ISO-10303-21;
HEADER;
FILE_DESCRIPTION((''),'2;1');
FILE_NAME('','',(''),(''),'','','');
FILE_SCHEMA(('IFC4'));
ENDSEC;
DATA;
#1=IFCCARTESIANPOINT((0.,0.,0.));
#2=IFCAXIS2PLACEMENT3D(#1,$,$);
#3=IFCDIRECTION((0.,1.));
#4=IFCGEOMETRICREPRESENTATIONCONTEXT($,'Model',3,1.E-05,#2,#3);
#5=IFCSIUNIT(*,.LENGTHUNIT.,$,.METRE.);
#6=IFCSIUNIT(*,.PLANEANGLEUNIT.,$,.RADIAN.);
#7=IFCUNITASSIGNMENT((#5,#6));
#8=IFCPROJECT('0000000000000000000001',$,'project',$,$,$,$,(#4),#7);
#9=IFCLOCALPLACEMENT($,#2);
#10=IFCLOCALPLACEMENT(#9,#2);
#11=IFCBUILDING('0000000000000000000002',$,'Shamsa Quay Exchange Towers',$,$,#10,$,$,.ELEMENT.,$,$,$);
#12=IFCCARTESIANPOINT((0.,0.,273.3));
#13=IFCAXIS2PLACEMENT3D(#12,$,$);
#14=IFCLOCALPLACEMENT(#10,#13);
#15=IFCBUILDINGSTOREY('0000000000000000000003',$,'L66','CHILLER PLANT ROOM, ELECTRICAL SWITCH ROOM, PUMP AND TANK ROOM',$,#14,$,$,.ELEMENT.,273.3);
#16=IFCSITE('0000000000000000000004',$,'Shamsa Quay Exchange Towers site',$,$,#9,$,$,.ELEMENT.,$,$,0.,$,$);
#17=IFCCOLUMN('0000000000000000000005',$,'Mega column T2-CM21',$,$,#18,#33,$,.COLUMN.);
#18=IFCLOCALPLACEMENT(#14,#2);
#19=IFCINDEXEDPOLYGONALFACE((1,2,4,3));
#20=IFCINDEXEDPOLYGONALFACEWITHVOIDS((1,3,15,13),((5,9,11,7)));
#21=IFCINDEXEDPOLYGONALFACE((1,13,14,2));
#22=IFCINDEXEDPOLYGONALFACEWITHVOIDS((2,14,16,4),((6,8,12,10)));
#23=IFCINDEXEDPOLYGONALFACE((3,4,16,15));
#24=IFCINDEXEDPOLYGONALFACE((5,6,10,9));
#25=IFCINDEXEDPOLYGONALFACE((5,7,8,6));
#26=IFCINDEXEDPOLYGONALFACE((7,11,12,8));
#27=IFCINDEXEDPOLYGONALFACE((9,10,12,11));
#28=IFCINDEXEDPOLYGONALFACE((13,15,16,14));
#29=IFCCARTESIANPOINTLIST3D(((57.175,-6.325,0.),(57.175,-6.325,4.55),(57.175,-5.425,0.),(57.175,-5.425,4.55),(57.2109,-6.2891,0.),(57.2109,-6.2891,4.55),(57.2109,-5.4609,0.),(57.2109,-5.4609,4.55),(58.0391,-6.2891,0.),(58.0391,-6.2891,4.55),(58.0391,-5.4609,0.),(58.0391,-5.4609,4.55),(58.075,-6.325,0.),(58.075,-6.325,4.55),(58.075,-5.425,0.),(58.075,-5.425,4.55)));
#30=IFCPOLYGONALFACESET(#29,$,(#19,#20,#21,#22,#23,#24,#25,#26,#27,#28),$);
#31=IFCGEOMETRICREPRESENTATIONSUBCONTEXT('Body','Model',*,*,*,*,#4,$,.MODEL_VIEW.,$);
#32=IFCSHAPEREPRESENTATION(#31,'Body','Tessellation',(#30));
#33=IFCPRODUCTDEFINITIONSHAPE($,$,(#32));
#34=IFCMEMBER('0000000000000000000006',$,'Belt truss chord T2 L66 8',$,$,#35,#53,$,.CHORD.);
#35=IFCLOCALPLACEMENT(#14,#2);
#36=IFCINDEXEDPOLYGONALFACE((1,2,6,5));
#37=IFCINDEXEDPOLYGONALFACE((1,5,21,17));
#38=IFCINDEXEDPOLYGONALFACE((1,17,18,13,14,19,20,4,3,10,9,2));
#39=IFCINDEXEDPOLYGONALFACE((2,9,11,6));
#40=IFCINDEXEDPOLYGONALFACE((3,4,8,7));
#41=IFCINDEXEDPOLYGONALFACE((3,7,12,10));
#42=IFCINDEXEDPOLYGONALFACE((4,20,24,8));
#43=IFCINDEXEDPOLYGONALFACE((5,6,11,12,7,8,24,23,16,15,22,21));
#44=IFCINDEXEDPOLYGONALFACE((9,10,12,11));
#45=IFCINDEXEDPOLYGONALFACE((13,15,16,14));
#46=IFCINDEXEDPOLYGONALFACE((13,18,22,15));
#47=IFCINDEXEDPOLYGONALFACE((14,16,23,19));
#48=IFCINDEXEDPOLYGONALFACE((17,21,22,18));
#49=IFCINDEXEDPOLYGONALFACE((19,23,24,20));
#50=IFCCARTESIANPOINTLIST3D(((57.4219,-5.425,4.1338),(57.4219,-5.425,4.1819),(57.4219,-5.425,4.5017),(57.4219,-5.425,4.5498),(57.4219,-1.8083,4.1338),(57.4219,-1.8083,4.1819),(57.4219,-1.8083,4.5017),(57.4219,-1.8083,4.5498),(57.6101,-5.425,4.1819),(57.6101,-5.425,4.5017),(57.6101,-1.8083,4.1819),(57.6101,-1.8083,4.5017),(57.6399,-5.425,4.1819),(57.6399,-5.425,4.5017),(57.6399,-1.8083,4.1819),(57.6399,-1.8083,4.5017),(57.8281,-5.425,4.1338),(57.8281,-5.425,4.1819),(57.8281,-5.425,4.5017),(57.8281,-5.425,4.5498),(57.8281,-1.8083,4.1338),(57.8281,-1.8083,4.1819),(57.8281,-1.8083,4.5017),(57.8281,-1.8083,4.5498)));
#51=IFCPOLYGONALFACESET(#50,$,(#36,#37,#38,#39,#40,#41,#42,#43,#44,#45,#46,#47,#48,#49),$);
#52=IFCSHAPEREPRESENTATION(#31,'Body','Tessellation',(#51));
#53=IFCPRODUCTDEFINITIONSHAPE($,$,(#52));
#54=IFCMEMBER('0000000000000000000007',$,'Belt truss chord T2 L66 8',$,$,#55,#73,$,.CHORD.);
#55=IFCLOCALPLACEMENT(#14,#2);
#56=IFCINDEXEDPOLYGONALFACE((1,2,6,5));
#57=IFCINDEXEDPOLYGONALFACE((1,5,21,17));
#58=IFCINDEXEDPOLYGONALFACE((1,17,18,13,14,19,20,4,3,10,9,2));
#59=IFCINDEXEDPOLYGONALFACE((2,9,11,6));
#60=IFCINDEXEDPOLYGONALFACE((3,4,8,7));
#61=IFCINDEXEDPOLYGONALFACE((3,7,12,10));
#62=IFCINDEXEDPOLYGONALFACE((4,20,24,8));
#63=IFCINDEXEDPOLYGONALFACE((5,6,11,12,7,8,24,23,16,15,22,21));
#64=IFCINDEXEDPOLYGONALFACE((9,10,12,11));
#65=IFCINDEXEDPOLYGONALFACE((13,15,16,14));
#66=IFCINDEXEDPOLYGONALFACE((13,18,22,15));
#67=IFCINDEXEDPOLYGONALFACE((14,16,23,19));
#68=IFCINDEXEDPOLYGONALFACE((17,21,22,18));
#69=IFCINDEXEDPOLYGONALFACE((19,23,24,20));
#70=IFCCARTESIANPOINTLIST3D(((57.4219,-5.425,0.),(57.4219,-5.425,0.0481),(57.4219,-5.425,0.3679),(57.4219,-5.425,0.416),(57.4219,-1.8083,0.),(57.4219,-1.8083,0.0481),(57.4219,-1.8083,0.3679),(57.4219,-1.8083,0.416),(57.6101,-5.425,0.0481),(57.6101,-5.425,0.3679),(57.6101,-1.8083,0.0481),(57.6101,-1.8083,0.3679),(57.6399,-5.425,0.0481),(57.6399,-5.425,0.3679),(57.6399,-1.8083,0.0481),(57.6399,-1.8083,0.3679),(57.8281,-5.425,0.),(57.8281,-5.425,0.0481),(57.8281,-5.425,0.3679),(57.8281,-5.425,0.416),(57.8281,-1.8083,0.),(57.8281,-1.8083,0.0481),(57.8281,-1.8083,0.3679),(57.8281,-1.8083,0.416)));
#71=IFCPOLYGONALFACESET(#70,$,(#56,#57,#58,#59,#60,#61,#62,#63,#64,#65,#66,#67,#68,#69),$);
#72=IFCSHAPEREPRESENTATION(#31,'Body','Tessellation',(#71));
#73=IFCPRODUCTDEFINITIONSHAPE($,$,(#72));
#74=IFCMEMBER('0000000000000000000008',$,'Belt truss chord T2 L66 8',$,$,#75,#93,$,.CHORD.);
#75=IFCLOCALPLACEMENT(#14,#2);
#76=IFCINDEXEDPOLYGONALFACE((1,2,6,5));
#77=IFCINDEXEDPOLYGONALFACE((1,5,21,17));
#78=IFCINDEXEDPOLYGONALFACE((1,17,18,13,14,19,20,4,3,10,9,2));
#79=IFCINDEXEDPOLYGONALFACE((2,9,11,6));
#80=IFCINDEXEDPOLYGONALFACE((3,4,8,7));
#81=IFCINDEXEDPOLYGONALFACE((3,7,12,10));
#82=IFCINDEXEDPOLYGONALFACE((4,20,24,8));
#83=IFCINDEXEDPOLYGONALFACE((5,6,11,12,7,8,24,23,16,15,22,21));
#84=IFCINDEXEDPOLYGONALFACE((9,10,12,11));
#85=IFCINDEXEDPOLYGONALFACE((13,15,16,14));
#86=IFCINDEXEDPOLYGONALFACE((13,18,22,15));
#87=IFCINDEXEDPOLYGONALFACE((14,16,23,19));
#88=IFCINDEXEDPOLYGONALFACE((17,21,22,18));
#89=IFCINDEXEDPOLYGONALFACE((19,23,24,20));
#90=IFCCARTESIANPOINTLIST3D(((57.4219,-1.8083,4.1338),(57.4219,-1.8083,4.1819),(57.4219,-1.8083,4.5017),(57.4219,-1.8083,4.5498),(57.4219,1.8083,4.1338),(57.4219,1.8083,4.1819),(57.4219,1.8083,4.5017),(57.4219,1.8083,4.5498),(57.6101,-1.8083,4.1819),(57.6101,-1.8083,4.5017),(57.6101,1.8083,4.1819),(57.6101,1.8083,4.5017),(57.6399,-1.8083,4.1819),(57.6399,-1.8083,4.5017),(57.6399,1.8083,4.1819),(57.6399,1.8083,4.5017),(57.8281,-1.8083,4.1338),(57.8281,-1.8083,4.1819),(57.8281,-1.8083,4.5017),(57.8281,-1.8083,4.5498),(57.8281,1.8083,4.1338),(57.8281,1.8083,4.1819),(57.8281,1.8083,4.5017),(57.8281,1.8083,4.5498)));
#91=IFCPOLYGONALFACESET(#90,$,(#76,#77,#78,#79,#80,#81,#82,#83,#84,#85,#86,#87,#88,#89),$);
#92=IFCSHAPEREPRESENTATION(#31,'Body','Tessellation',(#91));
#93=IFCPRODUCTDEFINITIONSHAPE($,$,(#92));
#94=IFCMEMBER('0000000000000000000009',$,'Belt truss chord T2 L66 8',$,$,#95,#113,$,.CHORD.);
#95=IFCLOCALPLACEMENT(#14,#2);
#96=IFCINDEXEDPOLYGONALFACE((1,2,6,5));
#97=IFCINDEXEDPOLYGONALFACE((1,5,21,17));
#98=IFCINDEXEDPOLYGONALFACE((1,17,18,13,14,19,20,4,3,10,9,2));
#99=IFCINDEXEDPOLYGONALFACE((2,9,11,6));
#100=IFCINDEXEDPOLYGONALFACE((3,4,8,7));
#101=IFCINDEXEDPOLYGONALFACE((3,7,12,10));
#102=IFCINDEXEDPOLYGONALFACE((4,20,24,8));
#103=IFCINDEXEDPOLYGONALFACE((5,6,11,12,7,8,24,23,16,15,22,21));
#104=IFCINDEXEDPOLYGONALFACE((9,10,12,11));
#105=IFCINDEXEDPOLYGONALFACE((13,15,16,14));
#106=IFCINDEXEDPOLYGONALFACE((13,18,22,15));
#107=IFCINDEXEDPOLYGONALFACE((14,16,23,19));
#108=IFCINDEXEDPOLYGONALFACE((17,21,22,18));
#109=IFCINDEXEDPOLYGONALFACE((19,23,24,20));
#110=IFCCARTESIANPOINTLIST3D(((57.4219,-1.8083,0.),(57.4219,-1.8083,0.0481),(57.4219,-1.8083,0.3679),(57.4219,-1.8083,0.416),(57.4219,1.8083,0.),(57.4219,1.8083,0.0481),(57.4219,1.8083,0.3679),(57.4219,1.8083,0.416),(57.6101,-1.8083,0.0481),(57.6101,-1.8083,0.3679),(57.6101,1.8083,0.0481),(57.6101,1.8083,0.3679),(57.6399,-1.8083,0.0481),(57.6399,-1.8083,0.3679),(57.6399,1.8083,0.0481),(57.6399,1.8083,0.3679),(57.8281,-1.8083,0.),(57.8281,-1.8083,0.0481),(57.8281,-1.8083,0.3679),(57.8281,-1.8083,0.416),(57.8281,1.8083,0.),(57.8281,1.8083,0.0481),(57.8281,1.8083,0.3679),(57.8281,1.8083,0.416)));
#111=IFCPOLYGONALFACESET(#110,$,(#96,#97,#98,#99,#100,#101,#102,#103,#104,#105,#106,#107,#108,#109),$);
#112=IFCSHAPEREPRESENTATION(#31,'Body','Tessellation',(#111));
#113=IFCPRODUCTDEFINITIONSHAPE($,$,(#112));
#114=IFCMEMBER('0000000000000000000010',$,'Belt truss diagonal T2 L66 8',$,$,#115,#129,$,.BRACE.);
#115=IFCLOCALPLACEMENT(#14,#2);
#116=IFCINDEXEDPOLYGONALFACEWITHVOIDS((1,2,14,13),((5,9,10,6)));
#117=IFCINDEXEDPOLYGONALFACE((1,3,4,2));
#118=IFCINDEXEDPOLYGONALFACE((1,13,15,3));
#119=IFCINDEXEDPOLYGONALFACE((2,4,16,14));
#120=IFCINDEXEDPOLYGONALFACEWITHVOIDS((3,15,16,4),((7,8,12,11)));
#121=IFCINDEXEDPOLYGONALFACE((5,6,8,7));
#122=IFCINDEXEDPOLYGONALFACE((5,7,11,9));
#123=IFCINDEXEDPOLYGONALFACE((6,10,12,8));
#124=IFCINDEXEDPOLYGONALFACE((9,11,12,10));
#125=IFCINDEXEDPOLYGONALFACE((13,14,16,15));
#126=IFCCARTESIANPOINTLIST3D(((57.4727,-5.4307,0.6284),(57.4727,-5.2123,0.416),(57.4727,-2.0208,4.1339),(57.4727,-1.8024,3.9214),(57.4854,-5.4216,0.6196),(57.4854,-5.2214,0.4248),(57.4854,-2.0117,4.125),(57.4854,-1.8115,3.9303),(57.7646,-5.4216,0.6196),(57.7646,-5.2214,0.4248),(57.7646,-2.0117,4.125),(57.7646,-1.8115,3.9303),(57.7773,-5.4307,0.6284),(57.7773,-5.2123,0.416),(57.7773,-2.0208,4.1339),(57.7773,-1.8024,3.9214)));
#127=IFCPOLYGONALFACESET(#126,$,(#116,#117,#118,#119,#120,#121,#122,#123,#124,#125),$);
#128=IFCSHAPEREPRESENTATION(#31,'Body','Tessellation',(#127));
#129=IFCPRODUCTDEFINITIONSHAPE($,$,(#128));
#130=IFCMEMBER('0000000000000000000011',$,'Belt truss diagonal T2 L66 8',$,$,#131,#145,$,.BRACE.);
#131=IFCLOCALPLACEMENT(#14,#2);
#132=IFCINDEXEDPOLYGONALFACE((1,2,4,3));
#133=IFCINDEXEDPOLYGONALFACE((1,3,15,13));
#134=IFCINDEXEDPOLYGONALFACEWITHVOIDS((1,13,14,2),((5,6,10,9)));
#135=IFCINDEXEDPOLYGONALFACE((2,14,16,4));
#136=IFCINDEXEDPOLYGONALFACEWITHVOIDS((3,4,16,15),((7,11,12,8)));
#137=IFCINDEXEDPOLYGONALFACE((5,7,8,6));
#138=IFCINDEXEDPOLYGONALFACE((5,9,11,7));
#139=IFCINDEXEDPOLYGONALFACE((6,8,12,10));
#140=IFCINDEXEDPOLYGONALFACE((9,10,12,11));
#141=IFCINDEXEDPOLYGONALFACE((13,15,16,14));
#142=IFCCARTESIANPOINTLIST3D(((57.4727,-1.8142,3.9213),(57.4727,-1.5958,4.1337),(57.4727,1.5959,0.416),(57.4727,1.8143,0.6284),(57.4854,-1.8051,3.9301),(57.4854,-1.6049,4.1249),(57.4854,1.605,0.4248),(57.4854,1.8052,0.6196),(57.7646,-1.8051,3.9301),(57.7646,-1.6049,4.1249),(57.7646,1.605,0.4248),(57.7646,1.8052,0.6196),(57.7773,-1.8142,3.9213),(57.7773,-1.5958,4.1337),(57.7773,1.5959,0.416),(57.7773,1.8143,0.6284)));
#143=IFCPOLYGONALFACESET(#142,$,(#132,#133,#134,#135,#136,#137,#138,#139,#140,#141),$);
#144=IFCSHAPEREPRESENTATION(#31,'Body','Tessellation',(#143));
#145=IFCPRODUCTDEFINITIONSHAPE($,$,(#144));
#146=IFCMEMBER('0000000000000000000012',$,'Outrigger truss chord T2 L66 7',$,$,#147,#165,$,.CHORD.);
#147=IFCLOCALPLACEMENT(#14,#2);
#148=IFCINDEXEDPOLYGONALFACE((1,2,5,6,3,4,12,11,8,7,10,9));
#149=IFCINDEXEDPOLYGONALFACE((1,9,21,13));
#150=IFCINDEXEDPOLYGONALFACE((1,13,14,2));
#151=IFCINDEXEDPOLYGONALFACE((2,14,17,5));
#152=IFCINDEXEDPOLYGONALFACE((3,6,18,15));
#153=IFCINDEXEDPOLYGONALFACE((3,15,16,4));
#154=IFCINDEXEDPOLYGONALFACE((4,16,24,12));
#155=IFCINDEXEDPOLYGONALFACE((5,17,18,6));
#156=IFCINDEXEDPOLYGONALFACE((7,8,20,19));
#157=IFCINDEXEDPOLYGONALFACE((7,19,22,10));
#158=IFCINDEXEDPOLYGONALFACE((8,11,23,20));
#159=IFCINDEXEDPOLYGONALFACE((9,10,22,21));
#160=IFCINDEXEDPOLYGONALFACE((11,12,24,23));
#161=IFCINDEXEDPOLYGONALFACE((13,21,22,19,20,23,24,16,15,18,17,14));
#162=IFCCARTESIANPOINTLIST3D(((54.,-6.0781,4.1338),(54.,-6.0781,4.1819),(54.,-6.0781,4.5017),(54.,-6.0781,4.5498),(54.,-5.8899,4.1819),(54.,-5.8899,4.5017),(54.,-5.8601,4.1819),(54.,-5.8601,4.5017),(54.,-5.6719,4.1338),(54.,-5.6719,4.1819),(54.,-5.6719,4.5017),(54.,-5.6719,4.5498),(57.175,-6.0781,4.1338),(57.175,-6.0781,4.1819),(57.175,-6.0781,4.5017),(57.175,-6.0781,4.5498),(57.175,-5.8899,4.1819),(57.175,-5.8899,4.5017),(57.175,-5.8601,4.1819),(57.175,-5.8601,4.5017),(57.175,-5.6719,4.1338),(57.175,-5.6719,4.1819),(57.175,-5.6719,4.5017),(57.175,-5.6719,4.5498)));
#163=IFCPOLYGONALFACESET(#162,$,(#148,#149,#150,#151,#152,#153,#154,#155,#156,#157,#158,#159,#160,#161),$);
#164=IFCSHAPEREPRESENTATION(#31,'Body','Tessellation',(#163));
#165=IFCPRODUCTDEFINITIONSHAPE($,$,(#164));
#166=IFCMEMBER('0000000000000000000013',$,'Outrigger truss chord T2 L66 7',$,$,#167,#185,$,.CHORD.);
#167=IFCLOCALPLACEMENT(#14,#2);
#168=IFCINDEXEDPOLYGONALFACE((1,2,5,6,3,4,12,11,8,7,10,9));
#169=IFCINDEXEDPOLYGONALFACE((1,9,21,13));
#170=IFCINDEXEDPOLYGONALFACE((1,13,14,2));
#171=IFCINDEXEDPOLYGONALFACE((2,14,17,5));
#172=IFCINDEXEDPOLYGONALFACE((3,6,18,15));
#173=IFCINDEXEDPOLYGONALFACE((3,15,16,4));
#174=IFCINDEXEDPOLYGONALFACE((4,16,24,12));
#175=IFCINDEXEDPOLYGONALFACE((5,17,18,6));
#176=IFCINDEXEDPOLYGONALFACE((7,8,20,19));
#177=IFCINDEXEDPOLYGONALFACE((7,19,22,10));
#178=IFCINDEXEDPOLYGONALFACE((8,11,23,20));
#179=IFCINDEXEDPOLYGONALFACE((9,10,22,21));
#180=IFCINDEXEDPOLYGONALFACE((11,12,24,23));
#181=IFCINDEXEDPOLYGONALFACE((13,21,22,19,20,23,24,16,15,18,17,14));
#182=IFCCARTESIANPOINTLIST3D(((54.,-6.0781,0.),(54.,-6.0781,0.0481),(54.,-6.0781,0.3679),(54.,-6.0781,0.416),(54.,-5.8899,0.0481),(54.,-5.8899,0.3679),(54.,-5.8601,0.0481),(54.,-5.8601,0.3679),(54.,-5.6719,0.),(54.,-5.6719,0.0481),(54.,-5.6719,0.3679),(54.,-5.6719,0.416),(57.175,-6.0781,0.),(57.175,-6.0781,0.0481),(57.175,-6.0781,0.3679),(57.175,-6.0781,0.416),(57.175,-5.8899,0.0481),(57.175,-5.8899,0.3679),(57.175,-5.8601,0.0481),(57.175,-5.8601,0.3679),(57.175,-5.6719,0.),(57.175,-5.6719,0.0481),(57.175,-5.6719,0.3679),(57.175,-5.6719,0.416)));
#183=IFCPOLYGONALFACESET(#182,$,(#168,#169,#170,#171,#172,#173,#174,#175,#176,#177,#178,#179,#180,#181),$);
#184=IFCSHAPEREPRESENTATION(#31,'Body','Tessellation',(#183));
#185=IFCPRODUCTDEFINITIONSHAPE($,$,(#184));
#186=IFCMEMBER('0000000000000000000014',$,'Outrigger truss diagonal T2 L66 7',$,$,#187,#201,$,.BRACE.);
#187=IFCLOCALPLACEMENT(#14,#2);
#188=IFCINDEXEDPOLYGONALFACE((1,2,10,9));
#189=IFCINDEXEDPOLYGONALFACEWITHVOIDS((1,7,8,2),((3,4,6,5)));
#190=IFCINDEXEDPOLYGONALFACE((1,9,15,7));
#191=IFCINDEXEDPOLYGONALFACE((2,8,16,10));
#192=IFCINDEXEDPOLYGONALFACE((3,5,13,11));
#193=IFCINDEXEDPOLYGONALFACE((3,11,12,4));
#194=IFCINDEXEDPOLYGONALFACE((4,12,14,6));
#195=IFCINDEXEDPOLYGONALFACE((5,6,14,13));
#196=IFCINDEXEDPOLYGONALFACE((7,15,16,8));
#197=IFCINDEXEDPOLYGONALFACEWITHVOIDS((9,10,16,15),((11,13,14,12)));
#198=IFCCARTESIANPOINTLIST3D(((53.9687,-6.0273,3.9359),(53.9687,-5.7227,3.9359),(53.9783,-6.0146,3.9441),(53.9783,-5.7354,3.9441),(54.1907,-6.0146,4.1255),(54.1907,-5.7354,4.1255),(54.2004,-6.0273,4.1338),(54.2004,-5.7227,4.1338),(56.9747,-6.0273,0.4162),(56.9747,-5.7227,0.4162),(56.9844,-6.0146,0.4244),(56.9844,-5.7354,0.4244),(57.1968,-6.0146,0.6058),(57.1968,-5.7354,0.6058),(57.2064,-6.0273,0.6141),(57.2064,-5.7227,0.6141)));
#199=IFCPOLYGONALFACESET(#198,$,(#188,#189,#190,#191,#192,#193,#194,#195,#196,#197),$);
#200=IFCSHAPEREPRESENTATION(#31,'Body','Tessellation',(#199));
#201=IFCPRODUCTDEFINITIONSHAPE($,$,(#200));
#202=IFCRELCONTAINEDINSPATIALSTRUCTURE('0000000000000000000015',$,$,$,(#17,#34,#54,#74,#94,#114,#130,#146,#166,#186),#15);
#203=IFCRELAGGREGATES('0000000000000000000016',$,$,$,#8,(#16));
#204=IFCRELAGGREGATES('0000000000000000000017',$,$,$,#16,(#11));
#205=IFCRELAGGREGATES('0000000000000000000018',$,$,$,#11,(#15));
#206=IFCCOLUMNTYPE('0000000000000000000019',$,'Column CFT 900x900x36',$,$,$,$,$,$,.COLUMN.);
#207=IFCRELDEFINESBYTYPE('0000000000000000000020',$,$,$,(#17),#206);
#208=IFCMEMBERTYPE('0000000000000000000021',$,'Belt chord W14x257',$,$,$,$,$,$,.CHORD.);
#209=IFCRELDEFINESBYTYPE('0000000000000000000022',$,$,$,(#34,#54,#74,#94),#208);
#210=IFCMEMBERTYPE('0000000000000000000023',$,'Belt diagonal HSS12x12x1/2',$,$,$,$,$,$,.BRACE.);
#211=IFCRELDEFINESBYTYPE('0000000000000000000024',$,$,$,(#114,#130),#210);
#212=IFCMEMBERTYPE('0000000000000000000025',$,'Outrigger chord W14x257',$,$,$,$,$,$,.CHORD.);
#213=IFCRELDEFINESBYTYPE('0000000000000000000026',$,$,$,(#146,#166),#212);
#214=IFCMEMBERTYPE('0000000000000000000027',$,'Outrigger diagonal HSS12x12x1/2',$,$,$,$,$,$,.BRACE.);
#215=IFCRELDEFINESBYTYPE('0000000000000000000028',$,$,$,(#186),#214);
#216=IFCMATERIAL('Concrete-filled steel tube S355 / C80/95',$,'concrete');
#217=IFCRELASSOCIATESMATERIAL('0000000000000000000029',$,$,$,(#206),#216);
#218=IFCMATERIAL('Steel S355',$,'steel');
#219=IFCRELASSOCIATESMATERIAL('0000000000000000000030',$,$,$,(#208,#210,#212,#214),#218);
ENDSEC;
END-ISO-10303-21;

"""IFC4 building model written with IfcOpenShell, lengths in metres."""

from ifc_helpers import new_model, si_unit, direction, frame, origin, origin_2d, place, context, subcontext, project, spatial, hollow_rectangle, i_section, extrude, material, material_profile, profile_set, type_object, element, save


model = new_model("IFC4")

# Units and contexts
model_context = context("Model", 3, precision=1e-05, world=origin(), true_north=direction((0.0, 1.0)))
body_context = subcontext(model_context, "Body", "Model", "MODEL_VIEW")
ifc_project = project(units=[si_unit("LENGTHUNIT", "METRE"), si_unit("PLANEANGLEUNIT", "RADIAN")], contexts=[model_context])

# Site, building, storey
site_placement = place(None, origin())
site = spatial("IfcSite", under=ifc_project, at=site_placement, Name="Shamsa Quay Exchange Towers site", CompositionType="ELEMENT", RefElevation=0.0)
building_placement = place(site_placement, origin())
building = spatial("IfcBuilding", under=site, at=building_placement, Name="Shamsa Quay Exchange Towers", CompositionType="ELEMENT")
storey_placement = place(building_placement, frame((0.0, 0.0, 273.3)))
storey = spatial("IfcBuildingStorey", under=building, at=storey_placement, Name="L66", Description="CHILLER PLANT ROOM, ELECTRICAL SWITCH ROOM, PUMP AND TANK ROOM", CompositionType="ELEMENT", Elevation=273.3)

# Column
ifc_material_1 = material(Name="Concrete-filled steel tube S355 / C80/95", Category="concrete")
ifc_material_profile_1 = material_profile(ifc_material_1, hollow_rectangle(XDim=0.8999, YDim=0.8999, WallThickness=0.0359, at=origin_2d()), Name="CFT 900x900x36")
ifc_profile_set_1 = profile_set([ifc_material_profile_1], Name="Concrete-filled steel tube S355 / C80/95")
column_type = type_object("IfcColumnType", Name="Column CFT 900x900x36", PredefinedType="COLUMN", material=ifc_profile_set_1)
column_placement = place(storey_placement, frame((57.625, -5.875, 0.0)))
element("IfcColumn", 1, at=column_placement, inside=storey, type_object=column_type, Name="Mega column T2-CM21", PredefinedType="COLUMN", context=body_context, shape_type="SweptSolid", body=[
    extrude(hollow_rectangle(XDim=0.8999, YDim=0.8999, WallThickness=0.0359, at=origin_2d()), origin(), (0.0, 0.0, 1.0), 4.55),
])

# Members
ifc_material_2 = material(Name="Steel S355", Category="steel")
ifc_material_profile_2 = material_profile(ifc_material_2, i_section(OverallWidth=0.4062, OverallDepth=0.416, WebThickness=0.0298, FlangeThickness=0.0481, at=origin_2d()), Name="W14x257")
ifc_profile_set_2 = profile_set([ifc_material_profile_2], Name="Steel S355")
member_type_1 = type_object("IfcMemberType", Name="Belt chord W14x257", PredefinedType="CHORD", material=ifc_profile_set_2)
for number, where, z_axis, x_axis, name in (
    (2, (57.625, -5.425, 4.3418), (0.0, 1.0, 0.0), (-1.0, 0.0, 0.0), "Belt truss chord T2 L66 8"),
    (3, (57.625, -5.425, 0.208), (0.0, 1.0, 0.0), (-1.0, 0.0, 0.0), "Belt truss chord T2 L66 8"),
    (4, (57.625, -1.8083, 4.3418), (0.0, 1.0, 0.0), (-1.0, 0.0, 0.0), "Belt truss chord T2 L66 8"),
    (5, (57.625, -1.8083, 0.208), (0.0, 1.0, 0.0), (-1.0, 0.0, 0.0), "Belt truss chord T2 L66 8"),
):
    element("IfcMember", number, at=place(storey_placement, frame(where, z_axis=z_axis, x_axis=x_axis)), inside=storey, type_object=member_type_1, Name=name, PredefinedType="CHORD", context=body_context, shape_type="SweptSolid", body=[
        extrude(i_section(OverallWidth=0.4062, OverallDepth=0.416, WebThickness=0.0298, FlangeThickness=0.0481, at=origin_2d()), origin(), (0.0, 0.0, 1.0), 3.6167),
    ])
ifc_material_profile_3 = material_profile(ifc_material_2, hollow_rectangle(XDim=0.3047, YDim=0.3047, WallThickness=0.0127, at=origin_2d()), Name="HSS12x12x1/2")
ifc_profile_set_3 = profile_set([ifc_material_profile_3], Name="Steel S355")
member_type_2 = type_object("IfcMemberType", Name="Belt diagonal HSS12x12x1/2", PredefinedType="BRACE", material=ifc_profile_set_3)
for number, where, z_axis, x_axis, name in (
    (6, (57.625, -5.3215, 0.5222), (0.0, 0.697279, 0.716799), (-1.0, 0.0, 0.0), "Belt truss diagonal T2 L66 8"),
    (7, (57.625, 1.7051, 0.5222), (0.0, -0.697305, 0.716774), (1.0, 0.0, 0.0), "Belt truss diagonal T2 L66 8"),
):
    element("IfcMember", number, at=place(storey_placement, frame(where, z_axis=z_axis, x_axis=x_axis)), inside=storey, type_object=member_type_2, Name=name, PredefinedType="BRACE", context=body_context, shape_type="SweptSolid", body=[
        extrude(hollow_rectangle(XDim=0.3047, YDim=0.3047, WallThickness=0.0127, at=origin_2d()), origin(), (0.0, 0.0, 1.0), 4.8904),
    ])
ifc_material_profile_4 = material_profile(ifc_material_2, i_section(OverallWidth=0.4062, OverallDepth=0.416, WebThickness=0.0298, FlangeThickness=0.0481, at=origin_2d()), Name="W14x257")
ifc_profile_set_4 = profile_set([ifc_material_profile_4], Name="Steel S355")
member_type_3 = type_object("IfcMemberType", Name="Outrigger chord W14x257", PredefinedType="CHORD", material=ifc_profile_set_4)
for number, where, z_axis, x_axis, name in (
    (8, (57.175, -5.875, 4.3418), (-1.0, 0.0, 0.0), (0.0, -1.0, 0.0), "Outrigger truss chord T2 L66 7"),
    (9, (57.175, -5.875, 0.208), (-1.0, 0.0, 0.0), (0.0, -1.0, 0.0), "Outrigger truss chord T2 L66 7"),
):
    element("IfcMember", number, at=place(storey_placement, frame(where, z_axis=z_axis, x_axis=x_axis)), inside=storey, type_object=member_type_3, Name=name, PredefinedType="CHORD", context=body_context, shape_type="SweptSolid", body=[
        extrude(i_section(OverallWidth=0.4062, OverallDepth=0.416, WebThickness=0.0298, FlangeThickness=0.0481, at=origin_2d()), origin(), (0.0, 0.0, 1.0), 3.175),
    ])
ifc_material_profile_5 = material_profile(ifc_material_2, hollow_rectangle(XDim=0.3047, YDim=0.3047, WallThickness=0.0127, at=origin_2d()), Name="HSS12x12x1/2")
ifc_profile_set_5 = profile_set([ifc_material_profile_5], Name="Steel S355")
member_type_4 = type_object("IfcMemberType", Name="Outrigger diagonal HSS12x12x1/2", PredefinedType="BRACE", material=ifc_profile_set_5)
member_placement = place(storey_placement, frame((57.0906, -5.875, 0.5151), z_axis=(-0.649439, 0.0, 0.760413), x_axis=(0.0, -1.0, 0.0)))
element("IfcMember", 10, at=member_placement, inside=storey, type_object=member_type_4, Name="Outrigger truss diagonal T2 L66 7", PredefinedType="BRACE", context=body_context, shape_type="SweptSolid", body=[
    extrude(hollow_rectangle(XDim=0.3047, YDim=0.3047, WallThickness=0.0127, at=origin_2d()), origin(), (0.0, 0.0, 1.0), 4.6287),
])

save(model, "model.ifc")
